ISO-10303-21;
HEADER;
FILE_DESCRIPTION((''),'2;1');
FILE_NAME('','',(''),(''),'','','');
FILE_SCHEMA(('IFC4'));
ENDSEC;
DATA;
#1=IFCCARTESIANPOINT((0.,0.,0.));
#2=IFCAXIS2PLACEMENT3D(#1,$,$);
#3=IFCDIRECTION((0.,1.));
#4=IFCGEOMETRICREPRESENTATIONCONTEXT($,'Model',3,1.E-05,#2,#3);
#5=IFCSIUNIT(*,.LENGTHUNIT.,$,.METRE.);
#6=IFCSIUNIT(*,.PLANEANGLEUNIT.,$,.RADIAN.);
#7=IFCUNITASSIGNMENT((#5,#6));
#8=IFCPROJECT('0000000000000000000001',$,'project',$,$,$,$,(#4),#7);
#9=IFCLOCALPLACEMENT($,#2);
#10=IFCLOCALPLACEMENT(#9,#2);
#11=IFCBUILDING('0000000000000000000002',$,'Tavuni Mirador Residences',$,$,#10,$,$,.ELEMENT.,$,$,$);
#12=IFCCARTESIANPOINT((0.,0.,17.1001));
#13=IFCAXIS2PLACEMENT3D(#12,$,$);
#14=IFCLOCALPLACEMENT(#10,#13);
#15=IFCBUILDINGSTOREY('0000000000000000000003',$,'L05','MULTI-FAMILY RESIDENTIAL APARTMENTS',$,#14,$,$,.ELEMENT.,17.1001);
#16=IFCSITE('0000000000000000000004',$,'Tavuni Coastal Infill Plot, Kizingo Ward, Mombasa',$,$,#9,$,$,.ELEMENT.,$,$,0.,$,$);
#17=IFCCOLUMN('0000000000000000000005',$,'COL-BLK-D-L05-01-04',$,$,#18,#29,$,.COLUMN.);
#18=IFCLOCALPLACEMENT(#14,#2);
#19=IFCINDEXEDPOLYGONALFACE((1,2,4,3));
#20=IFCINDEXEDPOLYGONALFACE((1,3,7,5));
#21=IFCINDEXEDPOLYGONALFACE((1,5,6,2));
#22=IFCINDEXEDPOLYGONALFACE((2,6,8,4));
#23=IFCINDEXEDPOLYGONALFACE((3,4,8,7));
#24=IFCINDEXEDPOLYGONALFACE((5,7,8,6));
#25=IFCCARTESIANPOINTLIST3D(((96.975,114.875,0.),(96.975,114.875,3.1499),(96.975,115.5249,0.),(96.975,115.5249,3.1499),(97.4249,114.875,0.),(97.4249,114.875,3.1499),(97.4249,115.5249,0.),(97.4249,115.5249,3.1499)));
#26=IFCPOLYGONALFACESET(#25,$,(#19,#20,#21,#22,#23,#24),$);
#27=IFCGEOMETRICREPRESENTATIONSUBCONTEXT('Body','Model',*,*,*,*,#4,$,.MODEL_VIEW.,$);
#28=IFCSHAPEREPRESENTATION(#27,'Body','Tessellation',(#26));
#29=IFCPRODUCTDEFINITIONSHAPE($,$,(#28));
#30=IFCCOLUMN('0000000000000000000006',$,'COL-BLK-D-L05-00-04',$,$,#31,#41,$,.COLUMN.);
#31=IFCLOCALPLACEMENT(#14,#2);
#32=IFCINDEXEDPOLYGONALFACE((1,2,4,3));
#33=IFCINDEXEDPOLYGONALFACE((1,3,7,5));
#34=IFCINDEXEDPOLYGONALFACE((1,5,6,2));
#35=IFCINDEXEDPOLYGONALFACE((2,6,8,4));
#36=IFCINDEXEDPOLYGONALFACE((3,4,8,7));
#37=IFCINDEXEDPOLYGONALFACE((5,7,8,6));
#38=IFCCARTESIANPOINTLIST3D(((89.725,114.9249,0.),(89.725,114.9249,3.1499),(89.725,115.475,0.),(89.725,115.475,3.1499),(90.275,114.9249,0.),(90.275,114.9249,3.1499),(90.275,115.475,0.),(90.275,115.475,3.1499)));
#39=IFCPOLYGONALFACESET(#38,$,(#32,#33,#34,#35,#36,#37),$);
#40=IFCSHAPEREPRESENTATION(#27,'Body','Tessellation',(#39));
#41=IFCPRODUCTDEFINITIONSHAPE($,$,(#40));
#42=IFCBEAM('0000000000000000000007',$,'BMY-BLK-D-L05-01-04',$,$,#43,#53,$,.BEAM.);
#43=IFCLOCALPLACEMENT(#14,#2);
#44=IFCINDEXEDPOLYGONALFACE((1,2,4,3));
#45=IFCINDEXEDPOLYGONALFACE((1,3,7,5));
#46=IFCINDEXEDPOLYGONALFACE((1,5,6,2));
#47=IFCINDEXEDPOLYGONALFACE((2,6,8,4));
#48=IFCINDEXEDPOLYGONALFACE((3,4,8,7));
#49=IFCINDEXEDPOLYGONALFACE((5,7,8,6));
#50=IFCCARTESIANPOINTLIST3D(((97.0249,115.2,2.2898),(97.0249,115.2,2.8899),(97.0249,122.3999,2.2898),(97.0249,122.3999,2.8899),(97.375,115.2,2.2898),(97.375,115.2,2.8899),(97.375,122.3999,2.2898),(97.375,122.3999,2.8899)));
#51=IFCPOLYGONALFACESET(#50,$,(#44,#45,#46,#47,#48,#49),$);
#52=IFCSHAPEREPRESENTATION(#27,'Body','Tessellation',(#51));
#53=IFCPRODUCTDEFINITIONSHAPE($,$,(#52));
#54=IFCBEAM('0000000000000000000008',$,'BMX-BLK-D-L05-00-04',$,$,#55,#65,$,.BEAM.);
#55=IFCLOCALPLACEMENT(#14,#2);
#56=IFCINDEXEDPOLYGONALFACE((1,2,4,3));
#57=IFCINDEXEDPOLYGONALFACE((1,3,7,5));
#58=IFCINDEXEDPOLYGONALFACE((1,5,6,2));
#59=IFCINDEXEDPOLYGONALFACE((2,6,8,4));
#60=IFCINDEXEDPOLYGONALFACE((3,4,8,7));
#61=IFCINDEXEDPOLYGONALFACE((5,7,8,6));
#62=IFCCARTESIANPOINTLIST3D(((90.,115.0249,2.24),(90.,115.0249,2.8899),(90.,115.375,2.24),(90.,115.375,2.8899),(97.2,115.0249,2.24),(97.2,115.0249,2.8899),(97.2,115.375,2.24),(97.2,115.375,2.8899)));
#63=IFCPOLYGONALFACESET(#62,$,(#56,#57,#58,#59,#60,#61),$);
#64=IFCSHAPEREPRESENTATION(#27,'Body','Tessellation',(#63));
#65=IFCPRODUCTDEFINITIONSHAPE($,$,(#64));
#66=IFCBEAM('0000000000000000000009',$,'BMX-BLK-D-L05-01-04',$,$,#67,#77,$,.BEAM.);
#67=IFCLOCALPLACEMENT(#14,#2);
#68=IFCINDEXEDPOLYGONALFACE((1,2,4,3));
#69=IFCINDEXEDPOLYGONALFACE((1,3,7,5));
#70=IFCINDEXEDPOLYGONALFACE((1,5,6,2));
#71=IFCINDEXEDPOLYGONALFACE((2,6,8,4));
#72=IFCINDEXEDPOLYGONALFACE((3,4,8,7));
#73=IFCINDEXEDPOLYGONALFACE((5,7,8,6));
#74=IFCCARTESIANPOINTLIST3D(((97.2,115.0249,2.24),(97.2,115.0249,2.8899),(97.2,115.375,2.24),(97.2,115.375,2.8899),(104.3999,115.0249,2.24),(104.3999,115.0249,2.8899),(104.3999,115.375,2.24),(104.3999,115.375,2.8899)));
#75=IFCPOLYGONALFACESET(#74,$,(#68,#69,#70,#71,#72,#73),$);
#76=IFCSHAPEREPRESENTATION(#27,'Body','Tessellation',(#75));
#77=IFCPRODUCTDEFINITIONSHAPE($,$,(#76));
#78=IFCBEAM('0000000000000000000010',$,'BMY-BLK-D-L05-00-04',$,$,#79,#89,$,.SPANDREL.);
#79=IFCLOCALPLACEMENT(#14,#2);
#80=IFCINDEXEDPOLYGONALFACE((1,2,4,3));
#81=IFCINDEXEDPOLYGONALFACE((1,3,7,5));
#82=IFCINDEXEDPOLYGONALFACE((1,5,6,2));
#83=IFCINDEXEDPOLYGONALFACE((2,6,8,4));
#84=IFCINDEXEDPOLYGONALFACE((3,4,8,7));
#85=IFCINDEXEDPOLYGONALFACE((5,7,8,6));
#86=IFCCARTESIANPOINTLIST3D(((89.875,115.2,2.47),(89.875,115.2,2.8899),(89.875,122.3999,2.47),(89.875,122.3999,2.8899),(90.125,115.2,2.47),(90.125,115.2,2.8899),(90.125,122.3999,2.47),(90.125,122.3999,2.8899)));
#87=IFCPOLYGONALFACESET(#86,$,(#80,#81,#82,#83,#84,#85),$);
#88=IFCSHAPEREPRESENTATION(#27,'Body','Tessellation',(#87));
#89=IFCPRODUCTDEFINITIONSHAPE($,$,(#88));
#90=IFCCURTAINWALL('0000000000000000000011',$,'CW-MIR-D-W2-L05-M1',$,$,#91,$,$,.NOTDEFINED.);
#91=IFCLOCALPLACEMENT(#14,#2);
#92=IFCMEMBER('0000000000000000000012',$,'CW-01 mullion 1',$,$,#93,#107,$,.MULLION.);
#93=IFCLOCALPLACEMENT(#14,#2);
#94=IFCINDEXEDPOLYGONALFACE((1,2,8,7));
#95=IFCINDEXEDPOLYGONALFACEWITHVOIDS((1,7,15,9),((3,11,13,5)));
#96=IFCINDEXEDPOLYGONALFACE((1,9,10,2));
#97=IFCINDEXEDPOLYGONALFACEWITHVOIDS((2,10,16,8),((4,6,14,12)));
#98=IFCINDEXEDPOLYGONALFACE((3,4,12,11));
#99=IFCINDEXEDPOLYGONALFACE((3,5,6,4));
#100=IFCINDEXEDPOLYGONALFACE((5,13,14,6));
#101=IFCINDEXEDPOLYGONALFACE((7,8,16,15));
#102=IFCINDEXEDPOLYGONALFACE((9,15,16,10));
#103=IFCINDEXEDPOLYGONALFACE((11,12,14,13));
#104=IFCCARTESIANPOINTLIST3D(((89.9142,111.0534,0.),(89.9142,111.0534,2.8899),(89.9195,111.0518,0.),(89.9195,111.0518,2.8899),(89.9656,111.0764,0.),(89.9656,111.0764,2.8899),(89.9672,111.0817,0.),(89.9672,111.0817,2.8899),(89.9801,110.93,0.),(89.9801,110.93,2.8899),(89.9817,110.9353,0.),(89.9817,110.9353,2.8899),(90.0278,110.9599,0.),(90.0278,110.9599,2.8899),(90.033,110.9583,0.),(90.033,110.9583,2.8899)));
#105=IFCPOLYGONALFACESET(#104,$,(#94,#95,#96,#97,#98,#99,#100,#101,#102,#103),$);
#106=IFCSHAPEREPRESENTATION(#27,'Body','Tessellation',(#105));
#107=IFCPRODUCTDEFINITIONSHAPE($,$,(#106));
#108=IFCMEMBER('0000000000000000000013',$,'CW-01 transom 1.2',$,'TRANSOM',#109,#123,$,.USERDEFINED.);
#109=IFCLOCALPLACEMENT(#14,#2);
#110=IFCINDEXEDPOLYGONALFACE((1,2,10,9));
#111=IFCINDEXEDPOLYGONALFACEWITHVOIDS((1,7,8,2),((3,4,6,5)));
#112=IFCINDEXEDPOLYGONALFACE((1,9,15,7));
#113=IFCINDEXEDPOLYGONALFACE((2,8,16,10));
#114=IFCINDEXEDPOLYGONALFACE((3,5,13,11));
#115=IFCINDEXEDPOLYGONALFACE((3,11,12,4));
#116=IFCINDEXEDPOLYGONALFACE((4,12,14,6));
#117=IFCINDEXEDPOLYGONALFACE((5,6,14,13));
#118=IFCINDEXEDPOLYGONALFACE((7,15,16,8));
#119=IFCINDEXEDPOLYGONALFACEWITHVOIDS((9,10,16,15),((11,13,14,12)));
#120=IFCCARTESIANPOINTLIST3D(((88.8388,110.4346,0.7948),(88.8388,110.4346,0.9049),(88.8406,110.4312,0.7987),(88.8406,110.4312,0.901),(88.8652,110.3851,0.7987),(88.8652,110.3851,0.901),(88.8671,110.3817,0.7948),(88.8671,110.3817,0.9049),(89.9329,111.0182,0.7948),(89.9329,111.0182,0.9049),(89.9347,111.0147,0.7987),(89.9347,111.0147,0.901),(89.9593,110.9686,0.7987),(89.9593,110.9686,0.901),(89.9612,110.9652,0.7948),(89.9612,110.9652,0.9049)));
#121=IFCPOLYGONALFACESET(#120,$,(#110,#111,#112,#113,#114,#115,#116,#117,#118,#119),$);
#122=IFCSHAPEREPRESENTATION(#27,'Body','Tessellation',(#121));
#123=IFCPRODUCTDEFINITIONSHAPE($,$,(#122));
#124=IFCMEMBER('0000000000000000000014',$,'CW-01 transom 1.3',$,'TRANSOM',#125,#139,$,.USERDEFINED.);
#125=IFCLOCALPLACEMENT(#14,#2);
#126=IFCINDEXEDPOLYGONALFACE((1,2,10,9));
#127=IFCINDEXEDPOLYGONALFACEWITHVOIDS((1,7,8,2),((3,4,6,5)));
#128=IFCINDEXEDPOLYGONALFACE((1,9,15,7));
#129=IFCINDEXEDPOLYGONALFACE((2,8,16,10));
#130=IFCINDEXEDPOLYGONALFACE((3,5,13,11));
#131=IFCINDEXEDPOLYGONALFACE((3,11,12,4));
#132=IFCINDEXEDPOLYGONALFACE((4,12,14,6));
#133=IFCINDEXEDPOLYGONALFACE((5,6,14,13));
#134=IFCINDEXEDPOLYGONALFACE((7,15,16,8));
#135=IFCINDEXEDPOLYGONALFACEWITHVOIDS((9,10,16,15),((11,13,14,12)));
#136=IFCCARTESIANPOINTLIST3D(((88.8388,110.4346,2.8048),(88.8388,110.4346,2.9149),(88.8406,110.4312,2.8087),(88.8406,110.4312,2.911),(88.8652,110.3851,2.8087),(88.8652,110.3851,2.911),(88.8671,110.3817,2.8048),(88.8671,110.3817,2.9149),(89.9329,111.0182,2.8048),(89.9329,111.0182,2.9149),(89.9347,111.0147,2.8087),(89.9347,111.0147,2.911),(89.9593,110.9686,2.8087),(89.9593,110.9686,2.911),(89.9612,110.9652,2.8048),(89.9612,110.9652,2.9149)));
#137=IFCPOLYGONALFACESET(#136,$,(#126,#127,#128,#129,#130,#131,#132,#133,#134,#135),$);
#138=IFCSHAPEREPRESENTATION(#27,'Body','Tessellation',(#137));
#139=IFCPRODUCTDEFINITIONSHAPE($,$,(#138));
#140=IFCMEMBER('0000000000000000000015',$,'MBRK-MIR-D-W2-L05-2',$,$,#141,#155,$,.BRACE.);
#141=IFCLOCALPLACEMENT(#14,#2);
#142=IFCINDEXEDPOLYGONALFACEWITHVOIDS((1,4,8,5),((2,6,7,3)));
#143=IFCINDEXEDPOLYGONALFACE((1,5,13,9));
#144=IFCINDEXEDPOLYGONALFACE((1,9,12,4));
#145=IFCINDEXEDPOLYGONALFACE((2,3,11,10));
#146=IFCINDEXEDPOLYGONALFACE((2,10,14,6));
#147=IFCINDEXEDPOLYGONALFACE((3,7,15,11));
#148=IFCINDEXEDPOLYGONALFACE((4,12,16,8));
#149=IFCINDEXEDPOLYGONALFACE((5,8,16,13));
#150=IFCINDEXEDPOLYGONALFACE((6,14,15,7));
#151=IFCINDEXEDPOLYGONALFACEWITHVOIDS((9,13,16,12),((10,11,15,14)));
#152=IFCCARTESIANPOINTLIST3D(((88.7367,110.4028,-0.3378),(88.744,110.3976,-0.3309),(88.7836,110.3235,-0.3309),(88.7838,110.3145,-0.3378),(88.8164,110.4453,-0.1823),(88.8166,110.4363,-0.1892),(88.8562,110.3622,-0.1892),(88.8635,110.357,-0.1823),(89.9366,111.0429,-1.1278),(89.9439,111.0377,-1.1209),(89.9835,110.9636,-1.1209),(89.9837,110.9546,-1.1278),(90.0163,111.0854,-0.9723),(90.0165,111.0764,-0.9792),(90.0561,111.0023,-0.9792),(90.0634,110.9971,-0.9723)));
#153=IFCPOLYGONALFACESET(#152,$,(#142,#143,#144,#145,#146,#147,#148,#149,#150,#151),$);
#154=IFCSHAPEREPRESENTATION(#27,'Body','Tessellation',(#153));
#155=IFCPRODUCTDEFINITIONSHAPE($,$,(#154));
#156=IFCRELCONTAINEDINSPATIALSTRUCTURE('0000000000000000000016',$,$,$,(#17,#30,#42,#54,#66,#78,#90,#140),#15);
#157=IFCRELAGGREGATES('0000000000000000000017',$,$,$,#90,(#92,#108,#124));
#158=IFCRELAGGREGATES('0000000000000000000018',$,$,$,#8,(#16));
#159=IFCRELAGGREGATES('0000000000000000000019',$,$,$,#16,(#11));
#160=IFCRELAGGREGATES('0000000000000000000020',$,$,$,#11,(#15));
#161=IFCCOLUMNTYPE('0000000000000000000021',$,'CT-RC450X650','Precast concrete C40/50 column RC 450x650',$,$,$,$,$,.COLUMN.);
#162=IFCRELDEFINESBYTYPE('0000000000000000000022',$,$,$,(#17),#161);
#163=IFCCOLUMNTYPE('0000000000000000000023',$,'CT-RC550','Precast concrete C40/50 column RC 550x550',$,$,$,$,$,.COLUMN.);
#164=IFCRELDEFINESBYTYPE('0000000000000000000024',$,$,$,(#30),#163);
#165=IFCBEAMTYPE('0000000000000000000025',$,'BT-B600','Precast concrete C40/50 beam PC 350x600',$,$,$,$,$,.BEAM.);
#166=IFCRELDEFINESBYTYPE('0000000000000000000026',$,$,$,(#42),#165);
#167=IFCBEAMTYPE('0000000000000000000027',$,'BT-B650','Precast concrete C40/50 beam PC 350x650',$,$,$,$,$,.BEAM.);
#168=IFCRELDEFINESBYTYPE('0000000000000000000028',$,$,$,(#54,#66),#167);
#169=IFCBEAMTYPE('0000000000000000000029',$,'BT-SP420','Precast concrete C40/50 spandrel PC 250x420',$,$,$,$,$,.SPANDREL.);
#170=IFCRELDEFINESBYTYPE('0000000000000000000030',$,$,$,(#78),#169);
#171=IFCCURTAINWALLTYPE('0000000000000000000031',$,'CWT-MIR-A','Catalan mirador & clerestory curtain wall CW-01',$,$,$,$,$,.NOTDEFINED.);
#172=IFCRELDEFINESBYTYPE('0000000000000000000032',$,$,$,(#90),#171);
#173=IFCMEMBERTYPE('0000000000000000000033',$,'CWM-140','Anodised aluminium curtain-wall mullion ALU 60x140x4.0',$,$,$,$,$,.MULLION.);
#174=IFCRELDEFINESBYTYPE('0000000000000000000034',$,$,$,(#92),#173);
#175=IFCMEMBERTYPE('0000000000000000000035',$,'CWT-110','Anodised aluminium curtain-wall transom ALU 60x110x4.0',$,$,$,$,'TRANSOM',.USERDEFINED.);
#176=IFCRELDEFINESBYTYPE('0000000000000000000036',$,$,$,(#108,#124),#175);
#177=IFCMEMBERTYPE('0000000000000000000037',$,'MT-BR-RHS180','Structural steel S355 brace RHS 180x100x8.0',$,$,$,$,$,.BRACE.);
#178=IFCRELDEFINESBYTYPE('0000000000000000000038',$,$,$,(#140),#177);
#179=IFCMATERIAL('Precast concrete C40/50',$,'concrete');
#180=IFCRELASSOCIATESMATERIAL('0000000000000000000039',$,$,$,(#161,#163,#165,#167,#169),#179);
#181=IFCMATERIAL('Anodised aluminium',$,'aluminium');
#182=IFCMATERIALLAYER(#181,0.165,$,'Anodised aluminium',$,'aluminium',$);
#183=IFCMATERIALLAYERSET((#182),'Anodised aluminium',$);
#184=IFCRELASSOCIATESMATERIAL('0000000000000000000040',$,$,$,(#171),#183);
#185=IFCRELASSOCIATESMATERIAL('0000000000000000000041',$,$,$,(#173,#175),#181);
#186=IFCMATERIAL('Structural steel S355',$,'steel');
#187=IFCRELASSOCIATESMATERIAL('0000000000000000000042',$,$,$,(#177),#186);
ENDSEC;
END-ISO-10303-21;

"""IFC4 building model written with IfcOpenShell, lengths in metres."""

from ifc_helpers import new_model, si_unit, direction, frame, origin, origin_2d, place, context, subcontext, project, spatial, rectangle, hollow_rectangle, extrude, material, layer, layer_set, material_profile, profile_set, type_object, element, aggregate, save


model = new_model("IFC4")

# Units and contexts
model_context = context("Model", 3, precision=1e-05, world=origin(), true_north=direction((0.0, 1.0)))
body_context = subcontext(model_context, "Body", "Model", "MODEL_VIEW")
ifc_project = project(units=[si_unit("LENGTHUNIT", "METRE"), si_unit("PLANEANGLEUNIT", "RADIAN")], contexts=[model_context])

# Site, building, storey
site_placement = place(None, origin())
site = spatial("IfcSite", under=ifc_project, at=site_placement, Name="Tavuni Coastal Infill Plot, Kizingo Ward, Mombasa", CompositionType="ELEMENT", RefElevation=0.0)
building_placement = place(site_placement, origin())
building = spatial("IfcBuilding", under=site, at=building_placement, Name="Tavuni Mirador Residences", CompositionType="ELEMENT")
storey_placement = place(building_placement, frame((0.0, 0.0, 17.1001)))
storey = spatial("IfcBuildingStorey", under=building, at=storey_placement, Name="L05", Description="MULTI-FAMILY RESIDENTIAL APARTMENTS", CompositionType="ELEMENT", Elevation=17.1001)

# Columns
ifc_material_1 = material(Name="Precast concrete C40/50", Category="concrete")
ifc_material_profile_1 = material_profile(ifc_material_1, rectangle(XDim=0.45, YDim=0.6499, at=origin_2d()), Name="RC 450x650", Category="concrete")
ifc_profile_set_1 = profile_set([ifc_material_profile_1], Name="Precast concrete C40/50")
column_type_1 = type_object("IfcColumnType", Name="CT-RC450X650", Description="Precast concrete C40/50 column RC 450x650", PredefinedType="COLUMN", material=ifc_profile_set_1)
column_1_placement = place(storey_placement, frame((97.2, 115.2, 0.0), z_axis=(0.0, 0.0, 1.0), x_axis=(1.0, 0.0, 0.0)))
element("IfcColumn", 1, at=column_1_placement, inside=storey, type_object=column_type_1, Name="COL-BLK-D-L05-01-04", PredefinedType="COLUMN", context=body_context, shape_type="SweptSolid", body=[
    extrude(rectangle(XDim=0.45, YDim=0.6499, at=origin_2d()), origin(), (0.0, 0.0, 1.0), 3.1499),
])
ifc_material_profile_2 = material_profile(ifc_material_1, rectangle(XDim=0.55, YDim=0.55, at=origin_2d()), Name="RC 550x550", Category="concrete")
ifc_profile_set_2 = profile_set([ifc_material_profile_2], Name="Precast concrete C40/50")
column_type_2 = type_object("IfcColumnType", Name="CT-RC550", Description="Precast concrete C40/50 column RC 550x550", PredefinedType="COLUMN", material=ifc_profile_set_2)
column_2_placement = place(storey_placement, frame((90.0, 115.2, 0.0), z_axis=(0.0, 0.0, 1.0), x_axis=(1.0, 0.0, 0.0)))
element("IfcColumn", 2, at=column_2_placement, inside=storey, type_object=column_type_2, Name="COL-BLK-D-L05-00-04", PredefinedType="COLUMN", context=body_context, shape_type="SweptSolid", body=[
    extrude(rectangle(XDim=0.55, YDim=0.55, at=origin_2d()), origin(), (0.0, 0.0, 1.0), 3.1499),
])

# Beams
ifc_material_profile_3 = material_profile(ifc_material_1, rectangle(XDim=0.3501, YDim=0.6001, at=origin_2d()), Name="PC 350x600", Category="concrete")
ifc_profile_set_3 = profile_set([ifc_material_profile_3], Name="Precast concrete C40/50")
beam_type_1 = type_object("IfcBeamType", Name="BT-B600", Description="Precast concrete C40/50 beam PC 350x600", PredefinedType="BEAM", material=ifc_profile_set_3)
beam_1_placement = place(storey_placement, frame((97.2, 115.2, 2.5898), z_axis=(0.0, 1.0, 0.0), x_axis=(-1.0, 0.0, 0.0)))
element("IfcBeam", 3, at=beam_1_placement, inside=storey, type_object=beam_type_1, Name="BMY-BLK-D-L05-01-04", PredefinedType="BEAM", context=body_context, shape_type="SweptSolid", body=[
    extrude(rectangle(XDim=0.3501, YDim=0.6001, at=origin_2d()), origin(), (0.0, 0.0, 1.0), 7.2),
])
ifc_material_profile_4 = material_profile(ifc_material_1, rectangle(XDim=0.3501, YDim=0.6499, at=origin_2d()), Name="PC 350x650", Category="concrete")
ifc_profile_set_4 = profile_set([ifc_material_profile_4], Name="Precast concrete C40/50")
beam_type_2 = type_object("IfcBeamType", Name="BT-B650", Description="Precast concrete C40/50 beam PC 350x650", PredefinedType="BEAM", material=ifc_profile_set_4)
for number, where, z_axis, x_axis, name in (
    (4, (90.0, 115.2, 2.5649), (1.0, 0.0, 0.0), (0.0, 1.0, 0.0), "BMX-BLK-D-L05-00-04"),
    (5, (97.2, 115.2, 2.5649), (1.0, 0.0, 0.0), (0.0, 1.0, 0.0), "BMX-BLK-D-L05-01-04"),
):
    element("IfcBeam", number, at=place(storey_placement, frame(where, z_axis=z_axis, x_axis=x_axis)), inside=storey, type_object=beam_type_2, Name=name, PredefinedType="BEAM", context=body_context, shape_type="SweptSolid", body=[
        extrude(rectangle(XDim=0.3501, YDim=0.6499, at=origin_2d()), origin(), (0.0, 0.0, 1.0), 7.2),
    ])
ifc_material_profile_5 = material_profile(ifc_material_1, rectangle(XDim=0.25, YDim=0.4199, at=origin_2d()), Name="PC 250x420", Category="concrete")
ifc_profile_set_5 = profile_set([ifc_material_profile_5], Name="Precast concrete C40/50")
beam_type_3 = type_object("IfcBeamType", Name="BT-SP420", Description="Precast concrete C40/50 spandrel PC 250x420", PredefinedType="SPANDREL", material=ifc_profile_set_5)
beam_2_placement = place(storey_placement, frame((90.0, 115.2, 2.6799), z_axis=(0.0, 1.0, 0.0), x_axis=(-1.0, 0.0, 0.0)))
element("IfcBeam", 6, at=beam_2_placement, inside=storey, type_object=beam_type_3, Name="BMY-BLK-D-L05-00-04", PredefinedType="SPANDREL", context=body_context, shape_type="SweptSolid", body=[
    extrude(rectangle(XDim=0.25, YDim=0.4199, at=origin_2d()), origin(), (0.0, 0.0, 1.0), 7.2),
])

# Curtain wall, members
ifc_material_2 = material(Name="Anodised aluminium", Category="aluminium")
ifc_layer_1 = layer(ifc_material_2, 0.165, Name="Anodised aluminium", Category="aluminium")
ifc_layer_set_1 = layer_set([ifc_layer_1], Name="Anodised aluminium")
curtain_wall_type = type_object("IfcCurtainWallType", Name="CWT-MIR-A", Description="Catalan mirador & clerestory curtain wall CW-01", PredefinedType="NOTDEFINED", material=ifc_layer_set_1)
curtain_wall_placement = place(storey_placement, origin())
curtain_wall = element("IfcCurtainWall", 7, at=curtain_wall_placement, inside=storey, type_object=curtain_wall_type, Name="CW-MIR-D-W2-L05-M1", PredefinedType="NOTDEFINED")
ifc_material_profile_6 = material_profile(ifc_material_2, hollow_rectangle(XDim=0.0601, YDim=0.1399, WallThickness=0.0039, at=origin_2d()), Name="ALU 60x140x4.0", Category="aluminium")
ifc_profile_set_6 = profile_set([ifc_material_profile_6], Name="Anodised aluminium")
member_type_1 = type_object("IfcMemberType", Name="CWM-140", Description="Anodised aluminium curtain-wall mullion ALU 60x140x4.0", PredefinedType="MULLION", material=ifc_profile_set_6)
member_1_placement = place(storey_placement, frame((89.9736, 111.0059, 0.0), z_axis=(0.0, 0.0, 1.0), x_axis=(-0.882353, -0.470588, 0.0)))
member_1 = element("IfcMember", 8, at=member_1_placement, type_object=member_type_1, Name="CW-01 mullion 1", PredefinedType="MULLION", context=body_context, shape_type="SweptSolid", body=[
    extrude(hollow_rectangle(XDim=0.0601, YDim=0.1399, WallThickness=0.0039, at=origin_2d()), origin(), (0.0, 0.0, 1.0), 2.8899),
])
ifc_material_profile_7 = material_profile(ifc_material_2, hollow_rectangle(XDim=0.0601, YDim=0.1101, WallThickness=0.0039, at=origin_2d()), Name="ALU 60x110x4.0", Category="aluminium")
ifc_profile_set_7 = profile_set([ifc_material_profile_7], Name="Anodised aluminium")
member_type_2 = type_object("IfcMemberType", Name="CWT-110", Description="Anodised aluminium curtain-wall transom ALU 60x110x4.0", ElementType="TRANSOM", PredefinedType="USERDEFINED", material=ifc_profile_set_7)
member_2_placement = place(storey_placement, frame((89.947, 110.9917, 0.8499), z_axis=(-0.882342, -0.470609, 0.0), x_axis=(0.470609, -0.882342, 0.0)))
member_2 = element("IfcMember", 9, at=member_2_placement, type_object=member_type_2, Name="CW-01 transom 1.2", ObjectType="TRANSOM", PredefinedType="USERDEFINED", context=body_context, shape_type="SweptSolid", body=[
    extrude(hollow_rectangle(XDim=0.0601, YDim=0.1101, WallThickness=0.0039, at=origin_2d()), origin(), (0.0, 0.0, 1.0), 1.24),
])
member_3_placement = place(storey_placement, frame((89.947, 110.9917, 2.8599), z_axis=(-0.882342, -0.470609, 0.0), x_axis=(0.470609, -0.882342, 0.0)))
member_3 = element("IfcMember", 10, at=member_3_placement, type_object=member_type_2, Name="CW-01 transom 1.3", ObjectType="TRANSOM", PredefinedType="USERDEFINED", context=body_context, shape_type="SweptSolid", body=[
    extrude(hollow_rectangle(XDim=0.0601, YDim=0.1101, WallThickness=0.0039, at=origin_2d()), origin(), (0.0, 0.0, 1.0), 1.24),
])
aggregate(curtain_wall, [member_1, member_2, member_3])

# Member
ifc_material_3 = material(Name="Structural steel S355", Category="steel")
ifc_material_profile_8 = material_profile(ifc_material_3, hollow_rectangle(XDim=0.1001, YDim=0.1799, WallThickness=0.0081, at=origin_2d()), Name="RHS 180x100x8.0", Category="steel")
ifc_profile_set_8 = profile_set([ifc_material_profile_8], Name="Structural steel S355")
member_type_3 = type_object("IfcMemberType", Name="MT-BR-RHS180", Description="Structural steel S355 brace RHS 180x100x8.0", PredefinedType="BRACE", material=ifc_profile_set_8)
member_4_placement = place(storey_placement, frame((90.0, 111.02, -1.05), z_axis=(-0.762921, -0.406995, 0.502302), x_axis=(0.470681, -0.882303, 0.0)))
element("IfcMember", 11, at=member_4_placement, inside=storey, type_object=member_type_3, Name="MBRK-MIR-D-W2-L05-2", PredefinedType="BRACE", context=body_context, shape_type="SweptSolid", body=[
    extrude(hollow_rectangle(XDim=0.1001, YDim=0.1799, WallThickness=0.0081, at=origin_2d()), origin(), (0.0, 0.0, 1.0), 1.5728),
])

save(model, "model.ifc")
